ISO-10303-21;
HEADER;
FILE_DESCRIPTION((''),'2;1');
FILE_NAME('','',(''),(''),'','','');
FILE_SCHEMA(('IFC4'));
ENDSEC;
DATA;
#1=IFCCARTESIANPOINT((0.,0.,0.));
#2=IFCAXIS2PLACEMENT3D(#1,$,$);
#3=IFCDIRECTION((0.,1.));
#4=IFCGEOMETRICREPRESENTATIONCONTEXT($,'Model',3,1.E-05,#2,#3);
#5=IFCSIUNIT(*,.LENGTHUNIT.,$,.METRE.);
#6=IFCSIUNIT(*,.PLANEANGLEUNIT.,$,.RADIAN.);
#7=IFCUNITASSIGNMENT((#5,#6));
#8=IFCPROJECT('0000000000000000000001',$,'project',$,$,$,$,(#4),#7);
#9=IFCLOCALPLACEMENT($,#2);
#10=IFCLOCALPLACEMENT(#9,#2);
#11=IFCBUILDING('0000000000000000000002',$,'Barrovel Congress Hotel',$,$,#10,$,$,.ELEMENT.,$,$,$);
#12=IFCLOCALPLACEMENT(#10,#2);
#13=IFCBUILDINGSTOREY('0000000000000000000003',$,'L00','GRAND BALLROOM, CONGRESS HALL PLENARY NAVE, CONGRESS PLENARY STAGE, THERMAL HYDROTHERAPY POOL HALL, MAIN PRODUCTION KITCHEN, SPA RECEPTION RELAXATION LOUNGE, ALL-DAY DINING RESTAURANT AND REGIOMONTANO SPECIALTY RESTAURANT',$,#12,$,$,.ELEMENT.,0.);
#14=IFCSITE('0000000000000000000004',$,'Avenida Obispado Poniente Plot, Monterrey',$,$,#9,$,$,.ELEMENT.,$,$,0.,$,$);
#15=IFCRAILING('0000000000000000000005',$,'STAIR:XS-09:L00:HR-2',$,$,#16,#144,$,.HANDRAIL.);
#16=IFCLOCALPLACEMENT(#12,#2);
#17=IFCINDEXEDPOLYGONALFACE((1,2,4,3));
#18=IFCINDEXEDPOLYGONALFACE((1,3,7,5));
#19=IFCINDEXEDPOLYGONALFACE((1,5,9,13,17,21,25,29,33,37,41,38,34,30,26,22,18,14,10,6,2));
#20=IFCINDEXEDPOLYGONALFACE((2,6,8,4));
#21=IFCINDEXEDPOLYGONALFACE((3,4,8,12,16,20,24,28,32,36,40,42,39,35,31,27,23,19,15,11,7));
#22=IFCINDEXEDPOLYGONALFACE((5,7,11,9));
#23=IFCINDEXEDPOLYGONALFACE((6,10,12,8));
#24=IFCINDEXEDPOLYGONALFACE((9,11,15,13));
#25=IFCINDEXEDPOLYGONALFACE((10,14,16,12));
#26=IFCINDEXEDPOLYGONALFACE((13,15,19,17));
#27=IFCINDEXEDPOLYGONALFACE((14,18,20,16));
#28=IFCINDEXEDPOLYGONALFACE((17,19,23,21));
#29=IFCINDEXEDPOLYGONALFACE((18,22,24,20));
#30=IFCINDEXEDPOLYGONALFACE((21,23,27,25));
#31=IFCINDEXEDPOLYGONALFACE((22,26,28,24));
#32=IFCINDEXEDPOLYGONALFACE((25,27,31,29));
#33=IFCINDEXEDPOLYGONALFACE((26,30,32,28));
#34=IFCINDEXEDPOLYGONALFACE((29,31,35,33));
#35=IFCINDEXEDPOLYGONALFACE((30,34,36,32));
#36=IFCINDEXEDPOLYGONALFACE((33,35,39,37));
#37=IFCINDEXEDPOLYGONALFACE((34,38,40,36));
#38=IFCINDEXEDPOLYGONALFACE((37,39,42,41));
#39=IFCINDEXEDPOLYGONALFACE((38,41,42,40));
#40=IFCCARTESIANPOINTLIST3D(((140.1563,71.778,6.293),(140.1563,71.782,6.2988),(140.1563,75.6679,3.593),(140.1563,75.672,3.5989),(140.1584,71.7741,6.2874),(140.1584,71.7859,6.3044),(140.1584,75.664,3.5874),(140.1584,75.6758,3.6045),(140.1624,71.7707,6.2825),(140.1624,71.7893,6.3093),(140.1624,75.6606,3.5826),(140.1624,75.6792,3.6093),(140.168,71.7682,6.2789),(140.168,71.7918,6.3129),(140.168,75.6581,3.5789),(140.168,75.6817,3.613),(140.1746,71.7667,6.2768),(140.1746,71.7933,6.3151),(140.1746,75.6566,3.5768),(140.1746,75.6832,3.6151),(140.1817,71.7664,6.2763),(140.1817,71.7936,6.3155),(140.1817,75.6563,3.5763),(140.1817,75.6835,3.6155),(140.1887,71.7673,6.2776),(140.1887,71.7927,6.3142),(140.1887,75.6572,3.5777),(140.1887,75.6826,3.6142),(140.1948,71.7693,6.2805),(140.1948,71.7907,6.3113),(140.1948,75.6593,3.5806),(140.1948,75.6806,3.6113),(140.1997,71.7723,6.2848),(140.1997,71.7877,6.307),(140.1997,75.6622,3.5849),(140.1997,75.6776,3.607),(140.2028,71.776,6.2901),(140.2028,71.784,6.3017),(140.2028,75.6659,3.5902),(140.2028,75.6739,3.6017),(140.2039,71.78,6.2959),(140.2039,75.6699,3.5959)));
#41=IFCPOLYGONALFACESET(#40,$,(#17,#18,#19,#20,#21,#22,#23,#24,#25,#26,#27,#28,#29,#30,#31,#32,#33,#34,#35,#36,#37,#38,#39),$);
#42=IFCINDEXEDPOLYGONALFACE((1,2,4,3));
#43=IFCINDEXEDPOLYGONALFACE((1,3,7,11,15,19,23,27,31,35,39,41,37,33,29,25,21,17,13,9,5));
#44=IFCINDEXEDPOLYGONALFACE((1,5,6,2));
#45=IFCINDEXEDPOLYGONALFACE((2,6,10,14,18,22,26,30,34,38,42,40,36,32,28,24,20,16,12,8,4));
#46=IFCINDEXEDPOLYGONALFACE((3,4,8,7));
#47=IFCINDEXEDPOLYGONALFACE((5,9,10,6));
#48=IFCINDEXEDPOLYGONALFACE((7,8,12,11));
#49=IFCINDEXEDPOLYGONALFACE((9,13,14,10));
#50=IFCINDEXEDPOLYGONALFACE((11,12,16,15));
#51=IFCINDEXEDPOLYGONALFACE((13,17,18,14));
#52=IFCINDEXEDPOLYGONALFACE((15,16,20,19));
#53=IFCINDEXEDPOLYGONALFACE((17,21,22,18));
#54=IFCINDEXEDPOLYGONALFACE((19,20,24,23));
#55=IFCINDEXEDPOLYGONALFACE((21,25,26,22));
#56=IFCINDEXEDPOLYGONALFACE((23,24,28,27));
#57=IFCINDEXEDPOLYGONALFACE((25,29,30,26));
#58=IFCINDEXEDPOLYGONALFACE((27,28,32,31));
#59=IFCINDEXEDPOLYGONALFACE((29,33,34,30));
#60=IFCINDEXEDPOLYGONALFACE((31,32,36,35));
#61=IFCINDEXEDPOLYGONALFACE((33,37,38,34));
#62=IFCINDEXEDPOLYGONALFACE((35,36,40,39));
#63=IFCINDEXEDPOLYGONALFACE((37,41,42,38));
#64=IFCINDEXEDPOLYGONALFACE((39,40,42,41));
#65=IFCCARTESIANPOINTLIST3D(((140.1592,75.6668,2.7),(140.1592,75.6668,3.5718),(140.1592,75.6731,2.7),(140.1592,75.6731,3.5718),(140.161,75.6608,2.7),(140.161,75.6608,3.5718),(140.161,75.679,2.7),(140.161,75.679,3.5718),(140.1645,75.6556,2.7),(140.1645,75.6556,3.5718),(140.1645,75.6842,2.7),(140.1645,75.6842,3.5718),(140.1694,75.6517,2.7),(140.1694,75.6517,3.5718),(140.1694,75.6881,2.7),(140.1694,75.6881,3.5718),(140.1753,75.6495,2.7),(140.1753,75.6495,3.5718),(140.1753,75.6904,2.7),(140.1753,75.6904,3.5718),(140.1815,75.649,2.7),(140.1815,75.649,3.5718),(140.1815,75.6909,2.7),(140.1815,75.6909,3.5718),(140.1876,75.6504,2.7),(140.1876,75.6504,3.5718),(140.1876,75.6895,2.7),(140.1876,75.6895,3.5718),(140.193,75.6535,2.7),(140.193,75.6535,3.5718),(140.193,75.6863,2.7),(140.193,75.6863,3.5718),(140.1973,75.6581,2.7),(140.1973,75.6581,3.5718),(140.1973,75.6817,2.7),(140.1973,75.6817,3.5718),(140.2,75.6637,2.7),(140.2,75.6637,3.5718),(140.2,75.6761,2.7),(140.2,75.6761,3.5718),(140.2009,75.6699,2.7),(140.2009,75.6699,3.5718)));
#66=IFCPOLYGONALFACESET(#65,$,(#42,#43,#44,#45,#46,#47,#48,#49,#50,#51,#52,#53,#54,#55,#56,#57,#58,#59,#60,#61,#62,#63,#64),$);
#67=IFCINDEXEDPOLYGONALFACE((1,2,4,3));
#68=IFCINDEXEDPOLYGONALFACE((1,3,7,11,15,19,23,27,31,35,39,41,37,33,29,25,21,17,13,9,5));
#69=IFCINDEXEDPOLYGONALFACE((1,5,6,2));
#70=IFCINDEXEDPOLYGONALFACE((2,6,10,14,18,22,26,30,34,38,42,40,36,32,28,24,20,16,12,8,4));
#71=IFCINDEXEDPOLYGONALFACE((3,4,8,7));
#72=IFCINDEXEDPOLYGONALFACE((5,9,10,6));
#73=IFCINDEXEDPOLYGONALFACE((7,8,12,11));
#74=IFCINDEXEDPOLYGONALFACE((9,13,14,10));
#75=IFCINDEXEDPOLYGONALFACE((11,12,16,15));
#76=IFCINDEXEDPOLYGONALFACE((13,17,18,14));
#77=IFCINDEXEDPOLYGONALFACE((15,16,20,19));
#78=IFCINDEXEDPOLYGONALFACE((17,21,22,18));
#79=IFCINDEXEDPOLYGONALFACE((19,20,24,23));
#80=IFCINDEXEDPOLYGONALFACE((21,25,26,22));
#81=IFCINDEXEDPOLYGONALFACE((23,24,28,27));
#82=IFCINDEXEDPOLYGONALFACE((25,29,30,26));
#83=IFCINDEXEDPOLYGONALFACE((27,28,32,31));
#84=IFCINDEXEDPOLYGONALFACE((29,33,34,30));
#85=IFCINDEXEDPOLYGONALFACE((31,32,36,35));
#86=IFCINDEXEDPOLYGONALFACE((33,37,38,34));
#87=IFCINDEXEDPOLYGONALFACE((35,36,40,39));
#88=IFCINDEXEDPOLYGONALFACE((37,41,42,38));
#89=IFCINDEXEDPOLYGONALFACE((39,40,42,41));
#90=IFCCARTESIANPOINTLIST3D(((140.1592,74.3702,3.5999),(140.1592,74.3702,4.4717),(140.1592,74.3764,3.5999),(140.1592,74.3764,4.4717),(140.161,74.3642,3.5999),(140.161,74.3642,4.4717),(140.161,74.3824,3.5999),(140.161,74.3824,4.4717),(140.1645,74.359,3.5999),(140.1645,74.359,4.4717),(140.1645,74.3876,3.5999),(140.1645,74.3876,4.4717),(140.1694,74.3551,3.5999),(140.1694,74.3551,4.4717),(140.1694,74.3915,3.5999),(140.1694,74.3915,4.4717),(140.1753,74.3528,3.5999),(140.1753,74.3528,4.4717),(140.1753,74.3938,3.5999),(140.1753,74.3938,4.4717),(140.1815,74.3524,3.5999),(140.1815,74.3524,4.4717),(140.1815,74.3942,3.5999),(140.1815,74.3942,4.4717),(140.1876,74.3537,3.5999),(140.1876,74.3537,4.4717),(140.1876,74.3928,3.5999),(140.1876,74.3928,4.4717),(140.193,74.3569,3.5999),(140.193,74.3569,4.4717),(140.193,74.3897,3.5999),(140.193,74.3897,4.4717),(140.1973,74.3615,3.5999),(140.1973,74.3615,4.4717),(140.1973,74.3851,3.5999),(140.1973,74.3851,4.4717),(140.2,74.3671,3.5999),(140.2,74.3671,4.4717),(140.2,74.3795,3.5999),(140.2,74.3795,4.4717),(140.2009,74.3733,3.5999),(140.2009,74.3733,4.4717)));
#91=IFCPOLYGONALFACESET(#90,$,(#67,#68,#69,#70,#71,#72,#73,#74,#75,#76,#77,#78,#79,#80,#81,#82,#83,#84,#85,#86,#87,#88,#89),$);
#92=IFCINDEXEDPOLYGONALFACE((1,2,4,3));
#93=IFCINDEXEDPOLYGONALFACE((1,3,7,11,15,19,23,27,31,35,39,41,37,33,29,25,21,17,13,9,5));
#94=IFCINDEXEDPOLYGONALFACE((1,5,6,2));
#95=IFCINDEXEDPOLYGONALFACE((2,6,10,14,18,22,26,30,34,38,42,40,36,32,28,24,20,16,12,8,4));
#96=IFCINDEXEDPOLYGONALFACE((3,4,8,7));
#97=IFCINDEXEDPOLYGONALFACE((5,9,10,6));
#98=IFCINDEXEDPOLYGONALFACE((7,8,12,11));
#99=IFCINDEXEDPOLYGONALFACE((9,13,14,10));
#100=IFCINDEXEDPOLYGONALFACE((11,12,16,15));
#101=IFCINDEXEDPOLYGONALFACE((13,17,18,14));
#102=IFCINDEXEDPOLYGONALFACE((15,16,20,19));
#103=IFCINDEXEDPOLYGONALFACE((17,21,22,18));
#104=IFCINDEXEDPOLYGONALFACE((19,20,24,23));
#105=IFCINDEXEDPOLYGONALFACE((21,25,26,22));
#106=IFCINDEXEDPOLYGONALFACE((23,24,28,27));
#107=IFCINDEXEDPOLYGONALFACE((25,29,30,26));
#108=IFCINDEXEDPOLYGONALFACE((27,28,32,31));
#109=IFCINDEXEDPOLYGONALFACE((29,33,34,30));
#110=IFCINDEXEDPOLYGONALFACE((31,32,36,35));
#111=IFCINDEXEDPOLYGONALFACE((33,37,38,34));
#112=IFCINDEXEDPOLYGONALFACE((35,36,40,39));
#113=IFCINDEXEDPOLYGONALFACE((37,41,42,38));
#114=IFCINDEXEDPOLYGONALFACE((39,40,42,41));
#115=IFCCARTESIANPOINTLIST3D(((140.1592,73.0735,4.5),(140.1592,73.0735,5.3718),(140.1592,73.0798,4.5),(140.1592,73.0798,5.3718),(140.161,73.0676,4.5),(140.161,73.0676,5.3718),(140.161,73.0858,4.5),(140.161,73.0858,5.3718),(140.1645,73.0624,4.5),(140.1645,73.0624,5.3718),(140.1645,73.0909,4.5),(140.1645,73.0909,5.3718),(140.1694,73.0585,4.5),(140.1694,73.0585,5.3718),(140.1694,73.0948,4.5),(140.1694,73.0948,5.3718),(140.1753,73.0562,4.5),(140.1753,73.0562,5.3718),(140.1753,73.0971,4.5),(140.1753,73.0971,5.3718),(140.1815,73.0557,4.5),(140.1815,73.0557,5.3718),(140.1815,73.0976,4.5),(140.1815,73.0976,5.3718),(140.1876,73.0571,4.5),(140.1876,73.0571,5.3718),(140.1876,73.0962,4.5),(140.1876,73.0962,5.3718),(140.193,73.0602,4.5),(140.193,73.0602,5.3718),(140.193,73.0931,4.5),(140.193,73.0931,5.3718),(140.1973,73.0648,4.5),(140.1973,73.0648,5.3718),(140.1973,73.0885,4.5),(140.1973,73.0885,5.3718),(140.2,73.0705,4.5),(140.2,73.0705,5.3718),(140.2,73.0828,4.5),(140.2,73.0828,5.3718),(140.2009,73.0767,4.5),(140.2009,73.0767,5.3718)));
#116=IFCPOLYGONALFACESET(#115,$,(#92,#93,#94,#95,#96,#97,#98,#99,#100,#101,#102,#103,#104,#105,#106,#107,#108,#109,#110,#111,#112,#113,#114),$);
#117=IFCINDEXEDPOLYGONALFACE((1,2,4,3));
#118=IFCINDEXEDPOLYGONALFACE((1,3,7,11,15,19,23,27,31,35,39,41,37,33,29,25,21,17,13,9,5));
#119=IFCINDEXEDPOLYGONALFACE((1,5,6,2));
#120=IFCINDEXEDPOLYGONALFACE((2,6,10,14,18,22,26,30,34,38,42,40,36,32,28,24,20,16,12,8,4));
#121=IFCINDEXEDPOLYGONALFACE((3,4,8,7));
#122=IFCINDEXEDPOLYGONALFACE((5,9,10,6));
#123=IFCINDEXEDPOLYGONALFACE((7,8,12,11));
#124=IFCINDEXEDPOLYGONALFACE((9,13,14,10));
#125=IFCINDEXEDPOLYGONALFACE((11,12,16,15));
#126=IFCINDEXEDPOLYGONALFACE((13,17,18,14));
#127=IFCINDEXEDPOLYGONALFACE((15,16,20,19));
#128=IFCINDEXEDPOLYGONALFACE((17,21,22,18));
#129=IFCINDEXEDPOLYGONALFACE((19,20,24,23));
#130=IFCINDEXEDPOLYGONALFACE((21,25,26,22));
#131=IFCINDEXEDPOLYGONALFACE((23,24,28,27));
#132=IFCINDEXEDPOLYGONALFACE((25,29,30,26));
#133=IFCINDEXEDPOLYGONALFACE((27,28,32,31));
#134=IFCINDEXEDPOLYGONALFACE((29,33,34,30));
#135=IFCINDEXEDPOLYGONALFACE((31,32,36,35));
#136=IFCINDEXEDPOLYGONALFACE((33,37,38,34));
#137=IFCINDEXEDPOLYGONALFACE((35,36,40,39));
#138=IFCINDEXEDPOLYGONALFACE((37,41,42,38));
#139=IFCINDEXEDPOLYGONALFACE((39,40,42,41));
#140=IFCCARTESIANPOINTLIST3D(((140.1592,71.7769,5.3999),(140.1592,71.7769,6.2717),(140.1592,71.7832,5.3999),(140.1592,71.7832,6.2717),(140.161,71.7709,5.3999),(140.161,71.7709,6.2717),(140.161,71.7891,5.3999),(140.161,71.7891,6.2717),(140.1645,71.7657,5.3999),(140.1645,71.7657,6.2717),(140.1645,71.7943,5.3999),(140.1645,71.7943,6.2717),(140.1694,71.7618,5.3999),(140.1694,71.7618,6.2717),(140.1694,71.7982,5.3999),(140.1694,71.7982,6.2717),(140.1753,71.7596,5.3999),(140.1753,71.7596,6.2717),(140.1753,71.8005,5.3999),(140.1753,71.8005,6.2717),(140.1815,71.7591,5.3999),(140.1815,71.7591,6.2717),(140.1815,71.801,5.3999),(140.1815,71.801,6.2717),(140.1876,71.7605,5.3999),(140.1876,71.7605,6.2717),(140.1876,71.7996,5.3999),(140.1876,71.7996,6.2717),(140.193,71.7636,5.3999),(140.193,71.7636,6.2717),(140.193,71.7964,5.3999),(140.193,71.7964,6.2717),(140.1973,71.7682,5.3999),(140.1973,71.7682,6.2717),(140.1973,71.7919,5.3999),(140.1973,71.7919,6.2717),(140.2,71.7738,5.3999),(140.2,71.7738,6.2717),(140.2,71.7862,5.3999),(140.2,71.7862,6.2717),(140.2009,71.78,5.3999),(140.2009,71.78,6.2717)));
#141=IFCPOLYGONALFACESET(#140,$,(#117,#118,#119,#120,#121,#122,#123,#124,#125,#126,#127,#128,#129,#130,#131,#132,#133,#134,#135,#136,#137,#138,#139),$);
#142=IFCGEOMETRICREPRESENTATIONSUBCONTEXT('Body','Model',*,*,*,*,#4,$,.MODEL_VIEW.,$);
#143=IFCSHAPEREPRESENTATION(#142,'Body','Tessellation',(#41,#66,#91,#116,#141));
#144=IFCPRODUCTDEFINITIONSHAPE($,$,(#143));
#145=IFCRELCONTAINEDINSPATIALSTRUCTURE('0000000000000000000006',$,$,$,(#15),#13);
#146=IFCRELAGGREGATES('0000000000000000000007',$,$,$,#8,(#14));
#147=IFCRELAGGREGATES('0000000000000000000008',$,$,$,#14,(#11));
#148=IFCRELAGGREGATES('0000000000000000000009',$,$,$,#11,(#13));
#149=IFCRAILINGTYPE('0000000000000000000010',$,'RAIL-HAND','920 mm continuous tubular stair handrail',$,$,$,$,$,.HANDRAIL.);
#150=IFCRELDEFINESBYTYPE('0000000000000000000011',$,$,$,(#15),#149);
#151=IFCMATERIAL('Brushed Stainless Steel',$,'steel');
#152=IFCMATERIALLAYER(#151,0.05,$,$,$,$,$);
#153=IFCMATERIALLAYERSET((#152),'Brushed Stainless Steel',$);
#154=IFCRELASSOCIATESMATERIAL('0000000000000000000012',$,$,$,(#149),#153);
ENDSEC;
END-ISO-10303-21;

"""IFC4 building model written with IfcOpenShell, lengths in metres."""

from ifc_helpers import new_model, si_unit, direction, frame, origin, origin_2d, place, context, subcontext, project, spatial, circle, extrude, material, layer, layer_set, type_object, element, save


model = new_model("IFC4")

# Units and contexts
model_context = context("Model", 3, precision=1e-05, world=origin(), true_north=direction((0.0, 1.0)))
body_context = subcontext(model_context, "Body", "Model", "MODEL_VIEW")
ifc_project = project(units=[si_unit("LENGTHUNIT", "METRE"), si_unit("PLANEANGLEUNIT", "RADIAN")], contexts=[model_context])

# Site, building, storey
site_placement = place(None, origin())
site = spatial("IfcSite", under=ifc_project, at=site_placement, Name="Avenida Obispado Poniente Plot, Monterrey", CompositionType="ELEMENT", RefElevation=0.0)
building_placement = place(site_placement, origin())
building = spatial("IfcBuilding", under=site, at=building_placement, Name="Barrovel Congress Hotel", CompositionType="ELEMENT")
storey_placement = place(building_placement, origin())
storey = spatial("IfcBuildingStorey", under=building, at=storey_placement, Name="L00", Description="GRAND BALLROOM, CONGRESS HALL PLENARY NAVE, CONGRESS PLENARY STAGE, THERMAL HYDROTHERAPY POOL HALL, MAIN PRODUCTION KITCHEN, SPA RECEPTION RELAXATION LOUNGE, ALL-DAY DINING RESTAURANT AND REGIOMONTANO SPECIALTY RESTAURANT", CompositionType="ELEMENT", Elevation=0.0)

# Railing
ifc_material_1 = material(Name="Brushed Stainless Steel", Category="steel")
ifc_layer_1 = layer(ifc_material_1, 0.05)
ifc_layer_set_1 = layer_set([ifc_layer_1], Name="Brushed Stainless Steel")
railing_type_1 = type_object("IfcRailingType", Name="RAIL-HAND", Description="920 mm continuous tubular stair handrail", PredefinedType="HANDRAIL", material=ifc_layer_set_1)
railing_1_placement = place(storey_placement, frame((140.1799, 75.6699, 2.7)))
element("IfcRailing", 1, at=railing_1_placement, inside=storey, type_object=railing_type_1, Name="STAIR:XS-09:L00:HR-2", PredefinedType="HANDRAIL", context=body_context, shape_type="SweptSolid", body=[
    extrude(circle(Radius=0.0239, at=origin_2d()), frame((0.0, 0.0, 0.896), z_axis=(0.0, -0.821505, 0.570202), x_axis=(1.0, 0.0, 0.0)), (0.0, 0.0, 1.0), 4.7351),
    extrude(circle(Radius=0.021, at=origin_2d()), origin(), (0.0, 0.0, 1.0), 0.8718),
    extrude(circle(Radius=0.021, at=origin_2d()), frame((0.0, -1.2966, 0.8999)), (0.0, 0.0, 1.0), 0.8718),
    extrude(circle(Radius=0.021, at=origin_2d()), frame((0.0, -2.5933, 1.8)), (0.0, 0.0, 1.0), 0.8718),
    extrude(circle(Radius=0.021, at=origin_2d()), frame((0.0, -3.8899, 2.7)), (0.0, 0.0, 1.0), 0.8718),
])

save(model, "model.ifc")
